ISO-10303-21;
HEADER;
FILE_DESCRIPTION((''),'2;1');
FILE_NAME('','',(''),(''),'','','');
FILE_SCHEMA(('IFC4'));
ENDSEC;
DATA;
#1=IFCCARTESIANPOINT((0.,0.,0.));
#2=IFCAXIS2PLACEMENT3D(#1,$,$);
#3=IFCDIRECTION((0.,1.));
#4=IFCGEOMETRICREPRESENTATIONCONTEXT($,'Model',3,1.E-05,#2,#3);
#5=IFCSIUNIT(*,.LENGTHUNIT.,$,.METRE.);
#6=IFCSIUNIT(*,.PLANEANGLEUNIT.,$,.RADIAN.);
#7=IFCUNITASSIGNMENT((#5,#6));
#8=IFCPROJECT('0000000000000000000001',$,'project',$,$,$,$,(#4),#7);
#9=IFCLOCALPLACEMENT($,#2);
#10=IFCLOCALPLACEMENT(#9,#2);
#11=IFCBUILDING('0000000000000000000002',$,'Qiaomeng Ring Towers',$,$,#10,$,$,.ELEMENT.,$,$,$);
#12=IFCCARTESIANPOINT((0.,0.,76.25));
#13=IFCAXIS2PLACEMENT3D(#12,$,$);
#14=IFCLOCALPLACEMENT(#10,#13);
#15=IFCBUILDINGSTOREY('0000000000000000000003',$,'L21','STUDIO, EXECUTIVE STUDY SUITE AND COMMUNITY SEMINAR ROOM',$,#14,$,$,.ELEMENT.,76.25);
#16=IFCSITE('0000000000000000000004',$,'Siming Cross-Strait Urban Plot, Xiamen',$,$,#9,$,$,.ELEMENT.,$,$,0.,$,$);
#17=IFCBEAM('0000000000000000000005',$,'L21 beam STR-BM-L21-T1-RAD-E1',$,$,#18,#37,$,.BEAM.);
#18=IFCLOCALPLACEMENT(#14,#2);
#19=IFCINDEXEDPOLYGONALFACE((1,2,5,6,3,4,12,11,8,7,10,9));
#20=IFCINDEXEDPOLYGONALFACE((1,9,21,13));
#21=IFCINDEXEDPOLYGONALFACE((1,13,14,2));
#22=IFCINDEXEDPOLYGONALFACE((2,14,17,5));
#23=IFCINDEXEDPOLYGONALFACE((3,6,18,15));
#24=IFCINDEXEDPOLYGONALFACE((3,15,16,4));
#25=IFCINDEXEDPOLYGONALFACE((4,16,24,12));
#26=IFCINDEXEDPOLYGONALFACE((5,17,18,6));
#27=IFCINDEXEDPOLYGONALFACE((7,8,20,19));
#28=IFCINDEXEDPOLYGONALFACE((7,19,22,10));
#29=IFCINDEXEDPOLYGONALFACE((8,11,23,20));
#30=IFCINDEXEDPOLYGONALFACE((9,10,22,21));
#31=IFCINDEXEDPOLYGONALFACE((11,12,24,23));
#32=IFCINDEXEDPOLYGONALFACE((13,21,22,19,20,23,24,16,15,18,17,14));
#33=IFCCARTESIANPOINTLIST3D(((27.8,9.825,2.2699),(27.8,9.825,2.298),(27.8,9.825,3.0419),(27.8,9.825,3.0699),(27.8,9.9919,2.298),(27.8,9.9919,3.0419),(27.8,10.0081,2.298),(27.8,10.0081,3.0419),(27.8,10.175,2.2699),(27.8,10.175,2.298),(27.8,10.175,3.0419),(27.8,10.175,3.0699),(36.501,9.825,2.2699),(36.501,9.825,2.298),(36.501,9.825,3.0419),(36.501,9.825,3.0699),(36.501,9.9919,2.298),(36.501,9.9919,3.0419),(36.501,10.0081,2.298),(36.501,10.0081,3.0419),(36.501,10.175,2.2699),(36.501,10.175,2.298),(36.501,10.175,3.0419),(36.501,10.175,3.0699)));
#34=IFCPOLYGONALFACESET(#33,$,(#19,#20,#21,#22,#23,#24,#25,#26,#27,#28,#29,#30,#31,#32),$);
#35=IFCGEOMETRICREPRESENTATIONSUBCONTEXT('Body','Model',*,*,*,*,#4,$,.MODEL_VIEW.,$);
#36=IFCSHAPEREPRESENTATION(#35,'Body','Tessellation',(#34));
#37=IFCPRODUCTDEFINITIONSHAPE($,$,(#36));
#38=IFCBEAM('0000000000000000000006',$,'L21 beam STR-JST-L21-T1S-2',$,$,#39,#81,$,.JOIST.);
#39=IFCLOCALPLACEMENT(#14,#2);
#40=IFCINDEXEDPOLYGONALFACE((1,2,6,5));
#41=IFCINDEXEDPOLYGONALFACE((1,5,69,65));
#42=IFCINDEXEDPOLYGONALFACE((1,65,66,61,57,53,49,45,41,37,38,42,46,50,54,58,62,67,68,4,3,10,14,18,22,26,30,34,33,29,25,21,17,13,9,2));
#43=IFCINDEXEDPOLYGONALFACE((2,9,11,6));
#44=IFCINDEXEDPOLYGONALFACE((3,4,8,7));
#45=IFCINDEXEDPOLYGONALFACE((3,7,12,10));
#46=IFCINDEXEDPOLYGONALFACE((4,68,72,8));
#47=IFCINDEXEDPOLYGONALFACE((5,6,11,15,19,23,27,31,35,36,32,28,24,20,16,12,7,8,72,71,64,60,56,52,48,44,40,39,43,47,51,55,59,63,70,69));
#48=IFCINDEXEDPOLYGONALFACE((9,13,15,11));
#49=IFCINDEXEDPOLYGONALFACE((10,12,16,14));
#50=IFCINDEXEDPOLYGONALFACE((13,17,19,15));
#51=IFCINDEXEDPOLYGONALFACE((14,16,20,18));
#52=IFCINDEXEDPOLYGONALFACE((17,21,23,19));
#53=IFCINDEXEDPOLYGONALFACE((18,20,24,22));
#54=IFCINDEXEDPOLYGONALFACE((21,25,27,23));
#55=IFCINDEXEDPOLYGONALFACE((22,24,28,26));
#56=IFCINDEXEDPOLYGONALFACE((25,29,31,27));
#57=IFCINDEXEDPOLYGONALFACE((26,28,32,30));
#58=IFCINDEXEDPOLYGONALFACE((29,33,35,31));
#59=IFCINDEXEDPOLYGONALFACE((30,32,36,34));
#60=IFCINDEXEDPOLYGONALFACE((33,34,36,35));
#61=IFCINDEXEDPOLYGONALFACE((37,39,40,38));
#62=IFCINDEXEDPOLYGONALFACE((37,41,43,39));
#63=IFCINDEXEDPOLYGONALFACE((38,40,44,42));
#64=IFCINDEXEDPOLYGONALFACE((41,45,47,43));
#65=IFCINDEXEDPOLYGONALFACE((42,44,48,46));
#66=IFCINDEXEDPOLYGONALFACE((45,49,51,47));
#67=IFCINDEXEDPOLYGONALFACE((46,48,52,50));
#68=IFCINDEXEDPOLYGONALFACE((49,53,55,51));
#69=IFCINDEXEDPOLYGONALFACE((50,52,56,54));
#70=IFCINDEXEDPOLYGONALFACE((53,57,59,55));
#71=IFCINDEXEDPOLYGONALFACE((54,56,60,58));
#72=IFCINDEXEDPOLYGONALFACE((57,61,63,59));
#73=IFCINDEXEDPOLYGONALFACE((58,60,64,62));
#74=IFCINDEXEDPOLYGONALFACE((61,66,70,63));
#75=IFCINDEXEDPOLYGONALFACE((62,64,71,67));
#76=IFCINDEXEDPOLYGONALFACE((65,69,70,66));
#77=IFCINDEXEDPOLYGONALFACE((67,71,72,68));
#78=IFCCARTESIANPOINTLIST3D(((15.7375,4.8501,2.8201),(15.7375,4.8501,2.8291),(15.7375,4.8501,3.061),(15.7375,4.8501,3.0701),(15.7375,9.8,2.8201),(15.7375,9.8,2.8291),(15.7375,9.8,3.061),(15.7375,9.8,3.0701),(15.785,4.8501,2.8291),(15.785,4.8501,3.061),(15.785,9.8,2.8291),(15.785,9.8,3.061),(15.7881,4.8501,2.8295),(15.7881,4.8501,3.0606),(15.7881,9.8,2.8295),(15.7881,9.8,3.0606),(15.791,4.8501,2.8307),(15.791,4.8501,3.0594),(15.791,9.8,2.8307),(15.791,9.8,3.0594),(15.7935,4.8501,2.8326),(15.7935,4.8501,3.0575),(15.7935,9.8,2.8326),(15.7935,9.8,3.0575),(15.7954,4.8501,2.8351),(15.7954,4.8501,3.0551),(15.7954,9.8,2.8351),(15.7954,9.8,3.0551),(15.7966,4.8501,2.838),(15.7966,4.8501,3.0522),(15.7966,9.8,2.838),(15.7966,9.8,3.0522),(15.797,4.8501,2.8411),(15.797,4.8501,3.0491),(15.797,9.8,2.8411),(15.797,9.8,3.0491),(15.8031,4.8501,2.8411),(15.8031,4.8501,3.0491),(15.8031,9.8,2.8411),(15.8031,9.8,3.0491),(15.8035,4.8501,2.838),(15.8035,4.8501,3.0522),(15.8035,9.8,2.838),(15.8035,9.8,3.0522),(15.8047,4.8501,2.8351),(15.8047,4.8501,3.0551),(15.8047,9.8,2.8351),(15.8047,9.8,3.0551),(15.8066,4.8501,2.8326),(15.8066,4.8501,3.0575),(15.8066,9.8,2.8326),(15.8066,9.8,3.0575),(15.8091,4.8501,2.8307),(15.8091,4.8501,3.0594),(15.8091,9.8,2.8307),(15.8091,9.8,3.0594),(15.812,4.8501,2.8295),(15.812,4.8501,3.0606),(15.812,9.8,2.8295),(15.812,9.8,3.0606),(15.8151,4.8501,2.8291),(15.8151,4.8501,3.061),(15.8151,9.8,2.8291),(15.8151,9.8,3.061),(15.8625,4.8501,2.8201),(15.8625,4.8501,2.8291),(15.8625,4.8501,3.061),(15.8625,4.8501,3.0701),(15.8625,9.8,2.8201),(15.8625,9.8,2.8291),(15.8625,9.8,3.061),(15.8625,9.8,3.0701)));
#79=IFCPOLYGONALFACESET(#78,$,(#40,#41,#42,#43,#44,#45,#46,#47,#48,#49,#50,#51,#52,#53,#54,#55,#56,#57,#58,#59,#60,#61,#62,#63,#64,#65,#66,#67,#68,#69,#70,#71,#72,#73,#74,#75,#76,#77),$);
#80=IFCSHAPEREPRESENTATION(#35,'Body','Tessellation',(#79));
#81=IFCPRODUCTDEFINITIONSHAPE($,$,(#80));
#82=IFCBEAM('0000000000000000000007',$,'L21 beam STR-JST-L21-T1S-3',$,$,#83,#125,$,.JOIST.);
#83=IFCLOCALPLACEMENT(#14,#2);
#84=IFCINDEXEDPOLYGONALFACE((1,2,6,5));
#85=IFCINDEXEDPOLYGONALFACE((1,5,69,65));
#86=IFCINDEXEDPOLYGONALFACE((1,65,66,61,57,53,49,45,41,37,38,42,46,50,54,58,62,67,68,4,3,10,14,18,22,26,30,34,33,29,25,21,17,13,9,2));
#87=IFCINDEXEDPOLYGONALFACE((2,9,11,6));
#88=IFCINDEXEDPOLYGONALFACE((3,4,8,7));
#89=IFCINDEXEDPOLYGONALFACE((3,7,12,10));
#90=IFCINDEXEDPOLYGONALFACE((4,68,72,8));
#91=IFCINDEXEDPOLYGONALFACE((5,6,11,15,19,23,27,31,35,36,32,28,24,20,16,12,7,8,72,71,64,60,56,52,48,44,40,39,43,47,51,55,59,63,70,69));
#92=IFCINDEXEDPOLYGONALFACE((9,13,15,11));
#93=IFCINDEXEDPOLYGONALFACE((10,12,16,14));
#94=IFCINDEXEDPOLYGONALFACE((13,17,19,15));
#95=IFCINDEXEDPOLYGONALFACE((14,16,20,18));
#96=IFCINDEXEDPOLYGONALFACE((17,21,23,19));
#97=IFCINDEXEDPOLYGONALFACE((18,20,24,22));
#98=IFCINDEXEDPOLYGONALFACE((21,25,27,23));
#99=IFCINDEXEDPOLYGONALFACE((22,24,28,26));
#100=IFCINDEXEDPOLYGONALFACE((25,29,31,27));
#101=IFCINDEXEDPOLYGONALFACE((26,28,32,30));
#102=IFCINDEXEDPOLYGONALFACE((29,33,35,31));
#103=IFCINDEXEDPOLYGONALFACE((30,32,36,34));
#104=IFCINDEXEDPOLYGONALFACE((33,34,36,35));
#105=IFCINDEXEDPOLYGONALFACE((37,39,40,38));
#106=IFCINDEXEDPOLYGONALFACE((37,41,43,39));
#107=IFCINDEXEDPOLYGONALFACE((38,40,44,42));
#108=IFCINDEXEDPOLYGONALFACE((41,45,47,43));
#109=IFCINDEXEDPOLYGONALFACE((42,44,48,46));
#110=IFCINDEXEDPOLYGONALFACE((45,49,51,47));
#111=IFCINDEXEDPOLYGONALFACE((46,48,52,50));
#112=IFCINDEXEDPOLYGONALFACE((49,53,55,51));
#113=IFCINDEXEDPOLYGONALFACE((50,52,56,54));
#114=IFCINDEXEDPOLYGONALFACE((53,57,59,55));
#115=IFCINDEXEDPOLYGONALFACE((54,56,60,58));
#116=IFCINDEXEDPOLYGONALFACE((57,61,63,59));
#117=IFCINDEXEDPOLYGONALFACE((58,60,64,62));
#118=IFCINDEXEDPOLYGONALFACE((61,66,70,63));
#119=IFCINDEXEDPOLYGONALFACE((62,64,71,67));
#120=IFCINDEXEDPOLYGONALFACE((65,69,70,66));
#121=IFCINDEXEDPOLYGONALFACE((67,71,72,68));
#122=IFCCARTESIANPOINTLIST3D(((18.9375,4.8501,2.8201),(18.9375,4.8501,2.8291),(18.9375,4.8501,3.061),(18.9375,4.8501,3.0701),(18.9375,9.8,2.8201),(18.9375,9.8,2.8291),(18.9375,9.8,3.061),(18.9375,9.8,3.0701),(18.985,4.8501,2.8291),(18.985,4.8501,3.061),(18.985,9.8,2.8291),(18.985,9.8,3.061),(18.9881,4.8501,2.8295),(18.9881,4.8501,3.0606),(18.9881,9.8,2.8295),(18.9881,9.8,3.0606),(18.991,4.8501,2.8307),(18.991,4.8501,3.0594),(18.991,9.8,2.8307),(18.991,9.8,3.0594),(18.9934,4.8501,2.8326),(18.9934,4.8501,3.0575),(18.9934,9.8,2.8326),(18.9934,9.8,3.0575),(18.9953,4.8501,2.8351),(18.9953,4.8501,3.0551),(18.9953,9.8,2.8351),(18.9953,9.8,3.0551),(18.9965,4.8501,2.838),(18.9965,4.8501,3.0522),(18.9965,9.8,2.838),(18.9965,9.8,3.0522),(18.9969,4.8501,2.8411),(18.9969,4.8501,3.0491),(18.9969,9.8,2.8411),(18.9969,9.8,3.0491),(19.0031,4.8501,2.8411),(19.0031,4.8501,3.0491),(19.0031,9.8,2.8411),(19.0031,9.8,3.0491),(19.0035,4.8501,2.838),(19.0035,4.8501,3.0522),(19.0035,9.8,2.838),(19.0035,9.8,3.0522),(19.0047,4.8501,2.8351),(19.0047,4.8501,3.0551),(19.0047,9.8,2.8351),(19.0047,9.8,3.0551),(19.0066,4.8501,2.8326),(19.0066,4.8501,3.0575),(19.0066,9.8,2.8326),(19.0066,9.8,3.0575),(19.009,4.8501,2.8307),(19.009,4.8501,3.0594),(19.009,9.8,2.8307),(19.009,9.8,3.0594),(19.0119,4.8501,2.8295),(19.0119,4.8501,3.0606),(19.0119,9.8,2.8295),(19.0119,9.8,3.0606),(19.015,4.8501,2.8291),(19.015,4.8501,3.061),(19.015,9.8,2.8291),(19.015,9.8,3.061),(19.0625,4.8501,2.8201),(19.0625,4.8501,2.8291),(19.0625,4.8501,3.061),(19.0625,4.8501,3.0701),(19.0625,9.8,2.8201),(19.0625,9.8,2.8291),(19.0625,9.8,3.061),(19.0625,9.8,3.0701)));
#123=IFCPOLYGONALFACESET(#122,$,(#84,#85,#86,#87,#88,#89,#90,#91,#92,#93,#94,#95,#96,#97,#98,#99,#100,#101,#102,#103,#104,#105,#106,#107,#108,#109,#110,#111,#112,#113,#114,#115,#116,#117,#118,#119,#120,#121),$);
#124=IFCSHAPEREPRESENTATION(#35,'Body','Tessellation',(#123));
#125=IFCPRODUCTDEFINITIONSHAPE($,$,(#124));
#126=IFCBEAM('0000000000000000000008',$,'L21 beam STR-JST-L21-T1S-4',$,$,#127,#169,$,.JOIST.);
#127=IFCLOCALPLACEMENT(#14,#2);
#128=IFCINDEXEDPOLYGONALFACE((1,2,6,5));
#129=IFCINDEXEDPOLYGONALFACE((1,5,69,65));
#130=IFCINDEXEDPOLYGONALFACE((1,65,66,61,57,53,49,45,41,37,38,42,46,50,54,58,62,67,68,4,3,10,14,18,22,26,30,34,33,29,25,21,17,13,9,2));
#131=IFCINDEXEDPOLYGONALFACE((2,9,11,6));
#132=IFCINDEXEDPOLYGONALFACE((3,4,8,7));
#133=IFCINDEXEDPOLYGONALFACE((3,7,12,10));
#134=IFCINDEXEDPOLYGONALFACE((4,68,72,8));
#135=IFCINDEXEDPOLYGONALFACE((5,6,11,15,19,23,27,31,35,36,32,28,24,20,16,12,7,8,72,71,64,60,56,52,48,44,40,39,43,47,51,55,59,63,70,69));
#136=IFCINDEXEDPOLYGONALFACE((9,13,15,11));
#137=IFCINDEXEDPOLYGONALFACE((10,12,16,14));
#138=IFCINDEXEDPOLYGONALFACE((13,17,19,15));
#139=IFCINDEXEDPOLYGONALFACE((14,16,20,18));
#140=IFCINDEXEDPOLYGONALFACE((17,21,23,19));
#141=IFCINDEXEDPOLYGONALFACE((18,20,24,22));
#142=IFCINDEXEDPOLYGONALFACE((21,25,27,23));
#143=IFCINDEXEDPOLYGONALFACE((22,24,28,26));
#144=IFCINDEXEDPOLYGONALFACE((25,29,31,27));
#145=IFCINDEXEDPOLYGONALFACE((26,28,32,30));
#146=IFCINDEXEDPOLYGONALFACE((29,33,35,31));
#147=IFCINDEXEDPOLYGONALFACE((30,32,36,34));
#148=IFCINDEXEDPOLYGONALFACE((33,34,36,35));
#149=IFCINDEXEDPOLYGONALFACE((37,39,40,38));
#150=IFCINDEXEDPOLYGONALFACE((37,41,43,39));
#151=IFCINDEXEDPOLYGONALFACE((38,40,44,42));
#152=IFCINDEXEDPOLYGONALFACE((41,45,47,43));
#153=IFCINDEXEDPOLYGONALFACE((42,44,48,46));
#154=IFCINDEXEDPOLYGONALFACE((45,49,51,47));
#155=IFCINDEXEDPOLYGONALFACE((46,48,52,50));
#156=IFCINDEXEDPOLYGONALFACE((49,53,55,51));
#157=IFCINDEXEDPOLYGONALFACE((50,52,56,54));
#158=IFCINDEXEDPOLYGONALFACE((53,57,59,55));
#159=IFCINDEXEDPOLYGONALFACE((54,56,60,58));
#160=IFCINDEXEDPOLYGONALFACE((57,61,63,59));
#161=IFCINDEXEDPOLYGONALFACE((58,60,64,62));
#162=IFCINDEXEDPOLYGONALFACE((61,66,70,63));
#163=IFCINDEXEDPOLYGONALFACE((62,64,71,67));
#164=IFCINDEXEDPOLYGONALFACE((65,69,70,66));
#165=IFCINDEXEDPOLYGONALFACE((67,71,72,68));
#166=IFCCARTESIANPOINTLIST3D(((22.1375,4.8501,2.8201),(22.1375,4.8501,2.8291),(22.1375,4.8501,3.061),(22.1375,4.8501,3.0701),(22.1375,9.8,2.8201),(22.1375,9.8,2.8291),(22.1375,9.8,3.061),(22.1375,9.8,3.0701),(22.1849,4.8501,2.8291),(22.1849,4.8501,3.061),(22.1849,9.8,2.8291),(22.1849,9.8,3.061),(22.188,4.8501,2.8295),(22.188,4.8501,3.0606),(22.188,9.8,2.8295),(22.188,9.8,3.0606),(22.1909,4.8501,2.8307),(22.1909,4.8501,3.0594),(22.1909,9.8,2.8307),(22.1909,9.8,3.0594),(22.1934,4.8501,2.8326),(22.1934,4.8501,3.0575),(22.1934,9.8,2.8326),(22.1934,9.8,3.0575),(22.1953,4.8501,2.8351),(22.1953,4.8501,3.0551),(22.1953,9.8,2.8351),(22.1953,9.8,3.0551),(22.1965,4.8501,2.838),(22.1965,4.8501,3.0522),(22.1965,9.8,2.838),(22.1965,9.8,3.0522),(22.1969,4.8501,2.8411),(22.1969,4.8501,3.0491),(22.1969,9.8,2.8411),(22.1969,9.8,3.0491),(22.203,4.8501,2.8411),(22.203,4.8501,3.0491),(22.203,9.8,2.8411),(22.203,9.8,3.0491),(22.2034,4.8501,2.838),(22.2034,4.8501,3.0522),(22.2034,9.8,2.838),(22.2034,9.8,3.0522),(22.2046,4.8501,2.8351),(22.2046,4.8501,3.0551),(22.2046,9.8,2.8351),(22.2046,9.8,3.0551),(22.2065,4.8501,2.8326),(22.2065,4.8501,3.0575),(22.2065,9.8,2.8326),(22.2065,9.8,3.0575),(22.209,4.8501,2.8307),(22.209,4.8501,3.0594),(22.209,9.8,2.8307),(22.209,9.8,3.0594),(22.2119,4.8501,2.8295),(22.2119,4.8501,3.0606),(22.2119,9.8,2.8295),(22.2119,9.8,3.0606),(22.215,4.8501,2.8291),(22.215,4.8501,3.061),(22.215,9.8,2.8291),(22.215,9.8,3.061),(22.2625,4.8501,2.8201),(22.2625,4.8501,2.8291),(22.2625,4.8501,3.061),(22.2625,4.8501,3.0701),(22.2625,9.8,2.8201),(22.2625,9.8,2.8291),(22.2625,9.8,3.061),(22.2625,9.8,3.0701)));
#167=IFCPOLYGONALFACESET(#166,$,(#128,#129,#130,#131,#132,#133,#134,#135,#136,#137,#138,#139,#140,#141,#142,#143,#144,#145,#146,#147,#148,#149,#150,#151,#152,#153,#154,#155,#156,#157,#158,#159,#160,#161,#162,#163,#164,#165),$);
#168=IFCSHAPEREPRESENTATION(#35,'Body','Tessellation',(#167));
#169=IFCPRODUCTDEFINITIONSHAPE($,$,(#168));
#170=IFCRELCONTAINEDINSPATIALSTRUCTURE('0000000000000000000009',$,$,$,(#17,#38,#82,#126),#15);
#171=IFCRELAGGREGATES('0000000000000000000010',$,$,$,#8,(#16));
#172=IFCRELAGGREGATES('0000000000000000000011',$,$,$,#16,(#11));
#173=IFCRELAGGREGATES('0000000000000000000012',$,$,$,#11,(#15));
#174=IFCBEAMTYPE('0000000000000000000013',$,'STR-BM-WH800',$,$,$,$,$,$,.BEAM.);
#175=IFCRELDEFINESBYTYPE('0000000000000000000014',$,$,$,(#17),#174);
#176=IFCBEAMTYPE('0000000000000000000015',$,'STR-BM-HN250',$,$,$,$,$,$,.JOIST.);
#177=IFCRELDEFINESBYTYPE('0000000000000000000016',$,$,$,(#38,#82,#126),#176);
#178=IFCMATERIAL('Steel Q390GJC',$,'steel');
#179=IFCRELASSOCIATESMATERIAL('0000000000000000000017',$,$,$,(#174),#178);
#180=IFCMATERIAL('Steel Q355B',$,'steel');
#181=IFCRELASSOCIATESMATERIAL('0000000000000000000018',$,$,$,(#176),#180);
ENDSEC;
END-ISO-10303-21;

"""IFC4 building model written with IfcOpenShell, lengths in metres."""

from ifc_helpers import new_model, si_unit, direction, frame, origin, origin_2d, place, context, subcontext, project, spatial, i_section, extrude, source, transform, mapped, material, material_profile, profile_set, type_object, element, save


model = new_model("IFC4")

# Units and contexts
model_context = context("Model", 3, precision=1e-05, world=origin(), true_north=direction((0.0, 1.0)))
body_context = subcontext(model_context, "Body", "Model", "MODEL_VIEW")
ifc_project = project(units=[si_unit("LENGTHUNIT", "METRE"), si_unit("PLANEANGLEUNIT", "RADIAN")], contexts=[model_context])

# Site, building, storey
site_placement = place(None, origin())
site = spatial("IfcSite", under=ifc_project, at=site_placement, Name="Siming Cross-Strait Urban Plot, Xiamen", CompositionType="ELEMENT", RefElevation=0.0)
building_placement = place(site_placement, origin())
building = spatial("IfcBuilding", under=site, at=building_placement, Name="Qiaomeng Ring Towers", CompositionType="ELEMENT")
storey_placement = place(building_placement, frame((0.0, 0.0, 76.25)))
storey = spatial("IfcBuildingStorey", under=building, at=storey_placement, Name="L21", Description="STUDIO, EXECUTIVE STUDY SUITE AND COMMUNITY SEMINAR ROOM", CompositionType="ELEMENT", Elevation=76.25)

# Beams
ifc_material_1 = material(Name="Steel Q390GJC", Category="steel")
ifc_material_profile_1 = material_profile(ifc_material_1, i_section(OverallWidth=0.3501, OverallDepth=0.8, WebThickness=0.0161, FlangeThickness=0.0281, at=origin_2d()), Name="WH 800x350x16x28")
ifc_profile_set_1 = profile_set([ifc_material_profile_1], Name="Steel Q390GJC")
beam_type_1 = type_object("IfcBeamType", Name="STR-BM-WH800", PredefinedType="BEAM", material=ifc_profile_set_1)
shared_shape_1 = source(origin(), body_context, "Body", "SweptSolid", [
    extrude(i_section(OverallWidth=0.3501, OverallDepth=0.8, WebThickness=0.0161, FlangeThickness=0.0281, at=origin_2d()), origin(), (0.0, 0.0, 1.0), 8.7009),
])
beam_placement = place(storey_placement, frame((27.8, 10.0, 2.6699), z_axis=(1.0, 0.0, 0.0), x_axis=(0.0, 1.0, 0.0)))
element("IfcBeam", 1, at=beam_placement, inside=storey, type_object=beam_type_1, Name="L21 beam STR-BM-L21-T1-RAD-E1", PredefinedType="BEAM", context=body_context, shape_type="MappedRepresentation", body=[
    mapped(shared_shape_1, transform((0.0, 0.0, 0.0), x_axis=(1.0, 0.0, 0.0), y_axis=(0.0, 1.0, 0.0), z_axis=(0.0, 0.0, 1.0), scale=1.0)),
])
ifc_material_2 = material(Name="Steel Q355B", Category="steel")
ifc_material_profile_2 = material_profile(ifc_material_2, i_section(OverallWidth=0.125, OverallDepth=0.25, WebThickness=0.0061, FlangeThickness=0.009, FilletRadius=0.012, at=origin_2d()), Name="HN 250x125x6x9")
ifc_profile_set_2 = profile_set([ifc_material_profile_2], Name="Steel Q355B")
beam_type_2 = type_object("IfcBeamType", Name="STR-BM-HN250", PredefinedType="JOIST", material=ifc_profile_set_2)
shared_shape_2 = source(origin(), body_context, "Body", "SweptSolid", [
    extrude(i_section(OverallWidth=0.125, OverallDepth=0.25, WebThickness=0.0061, FlangeThickness=0.009, FilletRadius=0.012, at=origin_2d()), origin(), (0.0, 0.0, 1.0), 4.95),
])
for number, where, z_axis, x_axis, name in (
    (2, (15.8, 4.8501, 2.9451), (0.0, 1.0, 0.0), (-1.0, 0.0, 0.0), "L21 beam STR-JST-L21-T1S-2"),
    (3, (19.0, 4.8501, 2.9451), (0.0, 1.0, 0.0), (-1.0, 0.0, 0.0), "L21 beam STR-JST-L21-T1S-3"),
    (4, (22.2, 4.8501, 2.9451), (0.0, 1.0, 0.0), (-1.0, 0.0, 0.0), "L21 beam STR-JST-L21-T1S-4"),
):
    element("IfcBeam", number, at=place(storey_placement, frame(where, z_axis=z_axis, x_axis=x_axis)), inside=storey, type_object=beam_type_2, Name=name, PredefinedType="JOIST", context=body_context, shape_type="MappedRepresentation", body=[
        mapped(shared_shape_2, transform((0.0, 0.0, 0.0), x_axis=(1.0, 0.0, 0.0), y_axis=(0.0, 1.0, 0.0), z_axis=(0.0, 0.0, 1.0), scale=1.0)),
    ])

save(model, "model.ifc")
